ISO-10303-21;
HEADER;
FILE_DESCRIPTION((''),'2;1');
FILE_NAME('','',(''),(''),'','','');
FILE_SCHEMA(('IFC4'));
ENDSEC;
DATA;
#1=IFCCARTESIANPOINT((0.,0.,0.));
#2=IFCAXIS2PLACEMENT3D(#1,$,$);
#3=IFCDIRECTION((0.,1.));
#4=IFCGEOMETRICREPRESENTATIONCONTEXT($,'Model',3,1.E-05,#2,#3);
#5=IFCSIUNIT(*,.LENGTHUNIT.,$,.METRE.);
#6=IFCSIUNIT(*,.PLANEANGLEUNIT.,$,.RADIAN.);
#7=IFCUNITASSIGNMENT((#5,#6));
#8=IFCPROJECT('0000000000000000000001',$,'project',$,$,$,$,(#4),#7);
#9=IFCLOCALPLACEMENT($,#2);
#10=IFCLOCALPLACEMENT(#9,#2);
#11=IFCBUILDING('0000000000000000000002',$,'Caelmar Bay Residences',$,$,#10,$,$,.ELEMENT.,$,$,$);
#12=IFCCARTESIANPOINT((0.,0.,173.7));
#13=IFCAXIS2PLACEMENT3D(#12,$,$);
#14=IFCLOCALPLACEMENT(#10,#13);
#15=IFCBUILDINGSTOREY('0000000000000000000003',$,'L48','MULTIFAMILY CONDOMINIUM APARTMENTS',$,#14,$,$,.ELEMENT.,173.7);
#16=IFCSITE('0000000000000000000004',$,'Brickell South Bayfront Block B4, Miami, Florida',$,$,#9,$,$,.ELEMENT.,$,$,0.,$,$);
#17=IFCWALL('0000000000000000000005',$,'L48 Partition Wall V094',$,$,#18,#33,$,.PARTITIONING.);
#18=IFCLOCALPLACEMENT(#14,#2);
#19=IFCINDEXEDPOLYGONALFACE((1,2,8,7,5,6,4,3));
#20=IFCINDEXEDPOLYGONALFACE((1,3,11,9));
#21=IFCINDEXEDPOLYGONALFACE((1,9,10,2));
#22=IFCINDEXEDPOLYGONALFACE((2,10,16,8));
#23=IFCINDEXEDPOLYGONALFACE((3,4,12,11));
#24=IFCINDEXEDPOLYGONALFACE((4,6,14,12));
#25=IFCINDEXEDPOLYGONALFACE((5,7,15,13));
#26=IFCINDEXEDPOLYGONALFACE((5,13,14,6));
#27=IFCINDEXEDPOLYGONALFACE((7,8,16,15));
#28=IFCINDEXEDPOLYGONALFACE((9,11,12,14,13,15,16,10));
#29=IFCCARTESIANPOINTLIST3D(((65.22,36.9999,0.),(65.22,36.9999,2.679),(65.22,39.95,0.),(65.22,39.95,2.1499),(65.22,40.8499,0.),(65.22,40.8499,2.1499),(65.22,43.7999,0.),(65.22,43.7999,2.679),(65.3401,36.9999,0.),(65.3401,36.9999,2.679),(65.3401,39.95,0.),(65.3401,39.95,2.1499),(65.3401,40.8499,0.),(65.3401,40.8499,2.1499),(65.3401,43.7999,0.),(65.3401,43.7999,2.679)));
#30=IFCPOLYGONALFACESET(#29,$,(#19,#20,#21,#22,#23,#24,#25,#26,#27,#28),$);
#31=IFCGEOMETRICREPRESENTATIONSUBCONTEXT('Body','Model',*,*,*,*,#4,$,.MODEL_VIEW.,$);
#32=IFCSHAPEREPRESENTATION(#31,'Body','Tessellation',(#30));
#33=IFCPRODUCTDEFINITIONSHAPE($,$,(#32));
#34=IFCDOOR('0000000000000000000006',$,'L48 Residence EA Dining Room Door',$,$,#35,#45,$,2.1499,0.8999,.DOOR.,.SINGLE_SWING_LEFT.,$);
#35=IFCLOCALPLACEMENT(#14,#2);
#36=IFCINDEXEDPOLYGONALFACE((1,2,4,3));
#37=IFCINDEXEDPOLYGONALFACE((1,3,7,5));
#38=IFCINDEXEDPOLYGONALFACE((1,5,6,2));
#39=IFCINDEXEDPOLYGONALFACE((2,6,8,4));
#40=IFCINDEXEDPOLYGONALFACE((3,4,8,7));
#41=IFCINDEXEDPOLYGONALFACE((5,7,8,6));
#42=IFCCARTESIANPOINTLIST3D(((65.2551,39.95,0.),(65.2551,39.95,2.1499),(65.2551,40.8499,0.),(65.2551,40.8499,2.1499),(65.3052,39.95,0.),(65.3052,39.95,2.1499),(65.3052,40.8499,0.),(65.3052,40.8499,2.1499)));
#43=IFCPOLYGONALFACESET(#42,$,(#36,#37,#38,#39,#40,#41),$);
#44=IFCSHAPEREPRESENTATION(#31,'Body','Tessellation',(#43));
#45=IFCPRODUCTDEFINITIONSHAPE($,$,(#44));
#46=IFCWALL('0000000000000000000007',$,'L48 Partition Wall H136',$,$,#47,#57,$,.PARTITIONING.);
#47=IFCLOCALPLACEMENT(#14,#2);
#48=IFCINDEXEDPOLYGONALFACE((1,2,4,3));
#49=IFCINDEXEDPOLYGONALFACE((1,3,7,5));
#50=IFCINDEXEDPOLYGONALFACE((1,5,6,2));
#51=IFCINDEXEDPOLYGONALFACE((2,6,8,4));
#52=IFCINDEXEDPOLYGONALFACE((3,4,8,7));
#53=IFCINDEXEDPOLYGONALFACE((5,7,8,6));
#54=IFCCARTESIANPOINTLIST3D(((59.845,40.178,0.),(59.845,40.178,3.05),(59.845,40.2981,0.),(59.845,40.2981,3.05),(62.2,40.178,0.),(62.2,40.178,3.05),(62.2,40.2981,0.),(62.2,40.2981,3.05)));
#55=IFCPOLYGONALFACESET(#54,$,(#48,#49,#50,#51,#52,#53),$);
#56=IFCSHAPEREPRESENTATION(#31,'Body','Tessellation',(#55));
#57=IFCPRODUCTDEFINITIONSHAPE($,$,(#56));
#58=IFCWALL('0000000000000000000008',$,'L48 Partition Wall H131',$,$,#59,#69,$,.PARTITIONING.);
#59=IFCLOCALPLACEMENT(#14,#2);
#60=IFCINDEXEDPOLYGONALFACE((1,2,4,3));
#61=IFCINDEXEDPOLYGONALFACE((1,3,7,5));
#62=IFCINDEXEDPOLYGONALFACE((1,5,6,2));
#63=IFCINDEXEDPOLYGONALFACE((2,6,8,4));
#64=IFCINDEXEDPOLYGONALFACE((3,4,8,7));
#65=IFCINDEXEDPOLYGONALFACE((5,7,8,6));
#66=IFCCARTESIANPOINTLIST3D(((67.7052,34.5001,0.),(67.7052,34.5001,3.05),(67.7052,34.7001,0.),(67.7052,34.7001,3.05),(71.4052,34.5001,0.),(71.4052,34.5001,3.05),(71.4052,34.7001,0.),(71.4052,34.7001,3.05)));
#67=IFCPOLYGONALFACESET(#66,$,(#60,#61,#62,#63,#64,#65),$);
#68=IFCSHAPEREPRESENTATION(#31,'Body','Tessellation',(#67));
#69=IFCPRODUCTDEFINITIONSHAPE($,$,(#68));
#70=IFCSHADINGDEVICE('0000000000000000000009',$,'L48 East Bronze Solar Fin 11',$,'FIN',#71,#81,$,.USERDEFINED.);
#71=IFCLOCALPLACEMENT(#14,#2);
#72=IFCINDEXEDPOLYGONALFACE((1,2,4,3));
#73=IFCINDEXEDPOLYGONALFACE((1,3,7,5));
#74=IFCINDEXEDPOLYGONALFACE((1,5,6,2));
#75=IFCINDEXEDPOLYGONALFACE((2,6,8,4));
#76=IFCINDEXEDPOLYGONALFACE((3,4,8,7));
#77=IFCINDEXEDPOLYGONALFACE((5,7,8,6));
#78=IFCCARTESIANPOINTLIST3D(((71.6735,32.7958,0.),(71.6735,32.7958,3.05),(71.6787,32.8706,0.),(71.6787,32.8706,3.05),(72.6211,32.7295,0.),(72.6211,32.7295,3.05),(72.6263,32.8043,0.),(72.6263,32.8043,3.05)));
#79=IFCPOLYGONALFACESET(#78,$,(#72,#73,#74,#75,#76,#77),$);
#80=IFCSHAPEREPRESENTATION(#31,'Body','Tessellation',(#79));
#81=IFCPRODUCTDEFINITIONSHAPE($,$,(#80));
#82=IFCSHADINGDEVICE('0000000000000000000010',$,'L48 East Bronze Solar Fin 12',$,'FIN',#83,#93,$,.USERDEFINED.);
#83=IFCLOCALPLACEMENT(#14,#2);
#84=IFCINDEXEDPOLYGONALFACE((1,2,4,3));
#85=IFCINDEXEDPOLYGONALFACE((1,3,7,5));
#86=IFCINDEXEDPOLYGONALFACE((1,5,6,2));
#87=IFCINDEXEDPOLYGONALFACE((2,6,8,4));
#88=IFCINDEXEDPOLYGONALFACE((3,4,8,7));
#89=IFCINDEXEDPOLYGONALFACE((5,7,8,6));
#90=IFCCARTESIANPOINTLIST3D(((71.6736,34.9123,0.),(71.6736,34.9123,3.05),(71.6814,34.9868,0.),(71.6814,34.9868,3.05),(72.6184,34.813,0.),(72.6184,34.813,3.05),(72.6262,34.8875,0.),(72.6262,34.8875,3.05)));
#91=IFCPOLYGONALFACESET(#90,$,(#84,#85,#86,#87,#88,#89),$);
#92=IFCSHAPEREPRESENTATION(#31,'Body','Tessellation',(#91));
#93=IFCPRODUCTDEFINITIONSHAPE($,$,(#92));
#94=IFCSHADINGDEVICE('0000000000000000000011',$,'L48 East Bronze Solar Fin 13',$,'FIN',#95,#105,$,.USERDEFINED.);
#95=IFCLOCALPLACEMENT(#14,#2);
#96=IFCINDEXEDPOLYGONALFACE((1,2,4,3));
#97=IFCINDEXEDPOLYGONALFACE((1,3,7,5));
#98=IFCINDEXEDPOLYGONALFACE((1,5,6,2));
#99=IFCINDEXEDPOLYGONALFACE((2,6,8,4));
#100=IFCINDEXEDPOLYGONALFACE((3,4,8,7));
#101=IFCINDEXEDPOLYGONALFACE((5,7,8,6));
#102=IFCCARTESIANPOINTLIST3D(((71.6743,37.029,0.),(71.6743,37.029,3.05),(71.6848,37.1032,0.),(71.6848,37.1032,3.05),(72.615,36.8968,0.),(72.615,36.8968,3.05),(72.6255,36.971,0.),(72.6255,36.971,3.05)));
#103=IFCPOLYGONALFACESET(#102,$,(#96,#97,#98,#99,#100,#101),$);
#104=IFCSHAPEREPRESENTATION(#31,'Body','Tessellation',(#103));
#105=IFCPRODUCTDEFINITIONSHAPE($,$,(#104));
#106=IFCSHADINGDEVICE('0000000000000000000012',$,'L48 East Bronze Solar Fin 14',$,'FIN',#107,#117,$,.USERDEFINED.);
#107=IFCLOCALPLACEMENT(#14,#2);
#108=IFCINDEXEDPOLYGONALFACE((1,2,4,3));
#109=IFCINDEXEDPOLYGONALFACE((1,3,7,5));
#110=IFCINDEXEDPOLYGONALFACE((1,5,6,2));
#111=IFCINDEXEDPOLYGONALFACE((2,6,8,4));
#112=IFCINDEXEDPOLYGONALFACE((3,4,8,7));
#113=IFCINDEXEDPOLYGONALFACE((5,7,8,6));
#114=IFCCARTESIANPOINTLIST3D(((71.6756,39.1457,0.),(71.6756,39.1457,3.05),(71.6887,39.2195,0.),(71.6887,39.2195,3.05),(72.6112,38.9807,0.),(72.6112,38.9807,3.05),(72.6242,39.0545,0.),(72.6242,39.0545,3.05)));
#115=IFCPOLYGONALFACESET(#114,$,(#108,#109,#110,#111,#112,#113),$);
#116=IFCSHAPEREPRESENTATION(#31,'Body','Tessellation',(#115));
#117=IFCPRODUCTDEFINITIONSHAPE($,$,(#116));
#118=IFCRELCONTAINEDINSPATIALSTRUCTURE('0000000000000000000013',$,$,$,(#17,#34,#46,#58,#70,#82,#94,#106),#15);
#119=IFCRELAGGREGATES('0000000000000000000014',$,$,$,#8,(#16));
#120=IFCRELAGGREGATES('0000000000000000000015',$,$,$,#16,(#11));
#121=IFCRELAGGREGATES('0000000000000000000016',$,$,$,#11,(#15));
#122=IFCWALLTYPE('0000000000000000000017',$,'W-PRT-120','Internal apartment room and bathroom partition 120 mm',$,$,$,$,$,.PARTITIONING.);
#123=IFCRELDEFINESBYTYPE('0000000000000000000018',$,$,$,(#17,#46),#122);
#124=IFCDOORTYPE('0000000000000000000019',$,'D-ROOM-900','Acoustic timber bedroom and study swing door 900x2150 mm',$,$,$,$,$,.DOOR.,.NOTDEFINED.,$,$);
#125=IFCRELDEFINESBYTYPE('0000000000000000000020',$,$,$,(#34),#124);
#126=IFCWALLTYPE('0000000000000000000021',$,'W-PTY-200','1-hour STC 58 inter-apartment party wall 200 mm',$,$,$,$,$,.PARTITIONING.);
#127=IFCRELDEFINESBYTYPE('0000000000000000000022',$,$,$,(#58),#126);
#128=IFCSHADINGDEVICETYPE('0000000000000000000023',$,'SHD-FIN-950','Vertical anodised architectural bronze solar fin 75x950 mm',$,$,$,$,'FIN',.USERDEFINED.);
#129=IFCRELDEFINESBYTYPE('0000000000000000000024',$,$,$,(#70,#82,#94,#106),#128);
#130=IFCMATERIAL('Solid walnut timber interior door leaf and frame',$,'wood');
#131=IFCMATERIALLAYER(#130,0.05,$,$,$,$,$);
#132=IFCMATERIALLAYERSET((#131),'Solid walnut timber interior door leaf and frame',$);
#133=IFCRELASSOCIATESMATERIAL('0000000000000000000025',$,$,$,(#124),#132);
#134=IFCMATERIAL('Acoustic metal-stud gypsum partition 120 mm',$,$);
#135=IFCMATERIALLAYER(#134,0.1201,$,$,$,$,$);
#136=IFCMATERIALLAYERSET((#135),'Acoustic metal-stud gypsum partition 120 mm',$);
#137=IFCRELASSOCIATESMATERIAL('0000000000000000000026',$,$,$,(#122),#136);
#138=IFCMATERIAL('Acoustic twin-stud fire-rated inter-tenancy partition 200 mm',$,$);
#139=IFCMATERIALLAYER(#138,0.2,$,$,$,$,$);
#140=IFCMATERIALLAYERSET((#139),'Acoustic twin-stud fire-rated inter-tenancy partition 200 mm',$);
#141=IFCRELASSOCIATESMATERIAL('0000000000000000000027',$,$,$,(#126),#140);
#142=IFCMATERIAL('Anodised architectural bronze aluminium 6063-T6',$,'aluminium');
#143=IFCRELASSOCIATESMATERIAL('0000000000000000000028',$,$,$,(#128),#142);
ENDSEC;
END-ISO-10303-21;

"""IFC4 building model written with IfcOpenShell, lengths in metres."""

from ifc_helpers import new_model, si_unit, direction, frame, frame_2d, origin, origin_2d, place, context, subcontext, project, spatial, rectangle, extrude, material, layer, layer_set, material_profile, profile_set, type_object, element, fill, save


model = new_model("IFC4")

# Units and contexts
model_context = context("Model", 3, precision=1e-05, world=origin(), true_north=direction((0.0, 1.0)))
body_context = subcontext(model_context, "Body", "Model", "MODEL_VIEW")
ifc_project = project(units=[si_unit("LENGTHUNIT", "METRE"), si_unit("PLANEANGLEUNIT", "RADIAN")], contexts=[model_context])

# Site, building, storey
site_placement = place(None, origin())
site = spatial("IfcSite", under=ifc_project, at=site_placement, Name="Brickell South Bayfront Block B4, Miami, Florida", CompositionType="ELEMENT", RefElevation=0.0)
building_placement = place(site_placement, origin())
building = spatial("IfcBuilding", under=site, at=building_placement, Name="Caelmar Bay Residences", CompositionType="ELEMENT")
storey_placement = place(building_placement, frame((0.0, 0.0, 173.7)))
storey = spatial("IfcBuildingStorey", under=building, at=storey_placement, Name="L48", Description="MULTIFAMILY CONDOMINIUM APARTMENTS", CompositionType="ELEMENT", Elevation=173.7)

# Wall, opening, door
ifc_material_1 = material(Name="Solid walnut timber interior door leaf and frame", Category="wood")
ifc_layer_1 = layer(ifc_material_1, 0.05)
ifc_layer_set_1 = layer_set([ifc_layer_1], Name="Solid walnut timber interior door leaf and frame")
door_type_1 = type_object("IfcDoorType", Name="D-ROOM-900", Description="Acoustic timber bedroom and study swing door 900x2150 mm", OperationType="NOTDEFINED", PredefinedType="DOOR", material=ifc_layer_set_1)
ifc_material_2 = material(Name="Acoustic metal-stud gypsum partition 120 mm")
ifc_layer_2 = layer(ifc_material_2, 0.1201)
ifc_layer_set_2 = layer_set([ifc_layer_2], Name="Acoustic metal-stud gypsum partition 120 mm")
wall_type_1 = type_object("IfcWallType", Name="W-PRT-120", Description="Internal apartment room and bathroom partition 120 mm", PredefinedType="PARTITIONING", material=ifc_layer_set_2)
wall_1_placement = place(storey_placement, frame((65.28, 37.0, 0.0), z_axis=(0.0, 0.0, 1.0), x_axis=(0.0, 1.0, 0.0)))
wall_1 = element("IfcWall", 1, at=wall_1_placement, inside=storey, type_object=wall_type_1, Name="L48 Partition Wall V094", PredefinedType="PARTITIONING", context=body_context, shape_type="SweptSolid", body=[
    extrude(rectangle(XDim=6.8, YDim=0.1201, at=frame_2d((3.3999, 0.0))), origin(), (0.0, 0.0, 1.0), 2.679),
])
opening_1_placement = place(wall_1_placement, frame((2.95, 0.0, 0.0)))
opening_1 = element("IfcOpeningElement", 2, at=opening_1_placement, cuts=wall_1, PredefinedType="OPENING", context=body_context, shape_type="SweptSolid", body=[
    extrude(rectangle(XDim=0.8999, YDim=2.1499, at=frame_2d((0.45, 1.075))), frame((0.0, 0.0701, 0.0), z_axis=(0.0, -1.0, 0.0), x_axis=(1.0, 0.0, 0.0)), (0.0, 0.0, 1.0), 0.1401),
])
door_1_placement = place(opening_1_placement, origin())
door_1 = element("IfcDoor", 3, at=door_1_placement, inside=storey, type_object=door_type_1, Name="L48 Residence EA Dining Room Door", OperationType="SINGLE_SWING_LEFT", OverallHeight=2.1499, OverallWidth=0.8999, PredefinedType="DOOR", context=body_context, shape_type="SweptSolid", body=[
    extrude(rectangle(XDim=0.8999, YDim=2.1499, at=frame_2d((0.45, 1.075))), frame((0.0, 0.0249, 0.0), z_axis=(0.0, -1.0, 0.0), x_axis=(1.0, 0.0, 0.0)), (0.0, 0.0, 1.0), 0.05),
])
fill(opening_1, door_1)

# Walls
wall_2_placement = place(storey_placement, frame((59.845, 40.238, 0.0), z_axis=(0.0, 0.0, 1.0), x_axis=(1.0, 0.0, 0.0)))
element("IfcWall", 4, at=wall_2_placement, inside=storey, type_object=wall_type_1, Name="L48 Partition Wall H136", PredefinedType="PARTITIONING", context=body_context, shape_type="SweptSolid", body=[
    extrude(rectangle(XDim=2.355, YDim=0.1201, at=frame_2d((1.1775, 0.0))), origin(), (0.0, 0.0, 1.0), 3.05),
])
ifc_material_3 = material(Name="Acoustic twin-stud fire-rated inter-tenancy partition 200 mm")
ifc_layer_3 = layer(ifc_material_3, 0.2)
ifc_layer_set_3 = layer_set([ifc_layer_3], Name="Acoustic twin-stud fire-rated inter-tenancy partition 200 mm")
wall_type_2 = type_object("IfcWallType", Name="W-PTY-200", Description="1-hour STC 58 inter-apartment party wall 200 mm", PredefinedType="PARTITIONING", material=ifc_layer_set_3)
wall_3_placement = place(storey_placement, frame((67.7051, 34.6001, 0.0), z_axis=(0.0, 0.0, 1.0), x_axis=(1.0, 0.0, 0.0)))
element("IfcWall", 5, at=wall_3_placement, inside=storey, type_object=wall_type_2, Name="L48 Partition Wall H131", PredefinedType="PARTITIONING", context=body_context, shape_type="SweptSolid", body=[
    extrude(rectangle(XDim=3.7, YDim=0.2, at=frame_2d((1.8501, 0.0))), origin(), (0.0, 0.0, 1.0), 3.05),
])

# Shading devices
ifc_material_4 = material(Name="Anodised architectural bronze aluminium 6063-T6", Category="aluminium")
ifc_material_profile = material_profile(ifc_material_4, rectangle(XDim=0.075, YDim=0.95, at=origin_2d()), Name="BRONZE-FIN-75X950")
ifc_profile_set = profile_set([ifc_material_profile], Name="Anodised architectural bronze aluminium 6063-T6")
shading_device_type = type_object("IfcShadingDeviceType", Name="SHD-FIN-950", Description="Vertical anodised architectural bronze solar fin 75x950 mm", ElementType="FIN", PredefinedType="USERDEFINED", material=ifc_profile_set)
for number, where, z_axis, x_axis, name in (
    (6, (72.1499, 32.8, 0.0), (0.0, 0.0, 1.0), (0.069756, 0.997564, 0.0), "L48 East Bronze Solar Fin 11"),
    (7, (72.1499, 34.8999, 0.0), (0.0, 0.0, 1.0), (0.104528, 0.994522, 0.0), "L48 East Bronze Solar Fin 12"),
    (8, (72.1499, 37.0, 0.0), (0.0, 0.0, 1.0), (0.139173, 0.990268, 0.0), "L48 East Bronze Solar Fin 13"),
    (9, (72.1499, 39.1001, 0.0), (0.0, 0.0, 1.0), (0.173648, 0.984808, 0.0), "L48 East Bronze Solar Fin 14"),
):
    element("IfcShadingDevice", number, at=place(storey_placement, frame(where, z_axis=z_axis, x_axis=x_axis)), inside=storey, type_object=shading_device_type, Name=name, ObjectType="FIN", PredefinedType="USERDEFINED", context=body_context, shape_type="SweptSolid", body=[
        extrude(rectangle(XDim=0.075, YDim=0.95, at=origin_2d()), origin(), (0.0, 0.0, 1.0), 3.05),
    ])

save(model, "model.ifc")
